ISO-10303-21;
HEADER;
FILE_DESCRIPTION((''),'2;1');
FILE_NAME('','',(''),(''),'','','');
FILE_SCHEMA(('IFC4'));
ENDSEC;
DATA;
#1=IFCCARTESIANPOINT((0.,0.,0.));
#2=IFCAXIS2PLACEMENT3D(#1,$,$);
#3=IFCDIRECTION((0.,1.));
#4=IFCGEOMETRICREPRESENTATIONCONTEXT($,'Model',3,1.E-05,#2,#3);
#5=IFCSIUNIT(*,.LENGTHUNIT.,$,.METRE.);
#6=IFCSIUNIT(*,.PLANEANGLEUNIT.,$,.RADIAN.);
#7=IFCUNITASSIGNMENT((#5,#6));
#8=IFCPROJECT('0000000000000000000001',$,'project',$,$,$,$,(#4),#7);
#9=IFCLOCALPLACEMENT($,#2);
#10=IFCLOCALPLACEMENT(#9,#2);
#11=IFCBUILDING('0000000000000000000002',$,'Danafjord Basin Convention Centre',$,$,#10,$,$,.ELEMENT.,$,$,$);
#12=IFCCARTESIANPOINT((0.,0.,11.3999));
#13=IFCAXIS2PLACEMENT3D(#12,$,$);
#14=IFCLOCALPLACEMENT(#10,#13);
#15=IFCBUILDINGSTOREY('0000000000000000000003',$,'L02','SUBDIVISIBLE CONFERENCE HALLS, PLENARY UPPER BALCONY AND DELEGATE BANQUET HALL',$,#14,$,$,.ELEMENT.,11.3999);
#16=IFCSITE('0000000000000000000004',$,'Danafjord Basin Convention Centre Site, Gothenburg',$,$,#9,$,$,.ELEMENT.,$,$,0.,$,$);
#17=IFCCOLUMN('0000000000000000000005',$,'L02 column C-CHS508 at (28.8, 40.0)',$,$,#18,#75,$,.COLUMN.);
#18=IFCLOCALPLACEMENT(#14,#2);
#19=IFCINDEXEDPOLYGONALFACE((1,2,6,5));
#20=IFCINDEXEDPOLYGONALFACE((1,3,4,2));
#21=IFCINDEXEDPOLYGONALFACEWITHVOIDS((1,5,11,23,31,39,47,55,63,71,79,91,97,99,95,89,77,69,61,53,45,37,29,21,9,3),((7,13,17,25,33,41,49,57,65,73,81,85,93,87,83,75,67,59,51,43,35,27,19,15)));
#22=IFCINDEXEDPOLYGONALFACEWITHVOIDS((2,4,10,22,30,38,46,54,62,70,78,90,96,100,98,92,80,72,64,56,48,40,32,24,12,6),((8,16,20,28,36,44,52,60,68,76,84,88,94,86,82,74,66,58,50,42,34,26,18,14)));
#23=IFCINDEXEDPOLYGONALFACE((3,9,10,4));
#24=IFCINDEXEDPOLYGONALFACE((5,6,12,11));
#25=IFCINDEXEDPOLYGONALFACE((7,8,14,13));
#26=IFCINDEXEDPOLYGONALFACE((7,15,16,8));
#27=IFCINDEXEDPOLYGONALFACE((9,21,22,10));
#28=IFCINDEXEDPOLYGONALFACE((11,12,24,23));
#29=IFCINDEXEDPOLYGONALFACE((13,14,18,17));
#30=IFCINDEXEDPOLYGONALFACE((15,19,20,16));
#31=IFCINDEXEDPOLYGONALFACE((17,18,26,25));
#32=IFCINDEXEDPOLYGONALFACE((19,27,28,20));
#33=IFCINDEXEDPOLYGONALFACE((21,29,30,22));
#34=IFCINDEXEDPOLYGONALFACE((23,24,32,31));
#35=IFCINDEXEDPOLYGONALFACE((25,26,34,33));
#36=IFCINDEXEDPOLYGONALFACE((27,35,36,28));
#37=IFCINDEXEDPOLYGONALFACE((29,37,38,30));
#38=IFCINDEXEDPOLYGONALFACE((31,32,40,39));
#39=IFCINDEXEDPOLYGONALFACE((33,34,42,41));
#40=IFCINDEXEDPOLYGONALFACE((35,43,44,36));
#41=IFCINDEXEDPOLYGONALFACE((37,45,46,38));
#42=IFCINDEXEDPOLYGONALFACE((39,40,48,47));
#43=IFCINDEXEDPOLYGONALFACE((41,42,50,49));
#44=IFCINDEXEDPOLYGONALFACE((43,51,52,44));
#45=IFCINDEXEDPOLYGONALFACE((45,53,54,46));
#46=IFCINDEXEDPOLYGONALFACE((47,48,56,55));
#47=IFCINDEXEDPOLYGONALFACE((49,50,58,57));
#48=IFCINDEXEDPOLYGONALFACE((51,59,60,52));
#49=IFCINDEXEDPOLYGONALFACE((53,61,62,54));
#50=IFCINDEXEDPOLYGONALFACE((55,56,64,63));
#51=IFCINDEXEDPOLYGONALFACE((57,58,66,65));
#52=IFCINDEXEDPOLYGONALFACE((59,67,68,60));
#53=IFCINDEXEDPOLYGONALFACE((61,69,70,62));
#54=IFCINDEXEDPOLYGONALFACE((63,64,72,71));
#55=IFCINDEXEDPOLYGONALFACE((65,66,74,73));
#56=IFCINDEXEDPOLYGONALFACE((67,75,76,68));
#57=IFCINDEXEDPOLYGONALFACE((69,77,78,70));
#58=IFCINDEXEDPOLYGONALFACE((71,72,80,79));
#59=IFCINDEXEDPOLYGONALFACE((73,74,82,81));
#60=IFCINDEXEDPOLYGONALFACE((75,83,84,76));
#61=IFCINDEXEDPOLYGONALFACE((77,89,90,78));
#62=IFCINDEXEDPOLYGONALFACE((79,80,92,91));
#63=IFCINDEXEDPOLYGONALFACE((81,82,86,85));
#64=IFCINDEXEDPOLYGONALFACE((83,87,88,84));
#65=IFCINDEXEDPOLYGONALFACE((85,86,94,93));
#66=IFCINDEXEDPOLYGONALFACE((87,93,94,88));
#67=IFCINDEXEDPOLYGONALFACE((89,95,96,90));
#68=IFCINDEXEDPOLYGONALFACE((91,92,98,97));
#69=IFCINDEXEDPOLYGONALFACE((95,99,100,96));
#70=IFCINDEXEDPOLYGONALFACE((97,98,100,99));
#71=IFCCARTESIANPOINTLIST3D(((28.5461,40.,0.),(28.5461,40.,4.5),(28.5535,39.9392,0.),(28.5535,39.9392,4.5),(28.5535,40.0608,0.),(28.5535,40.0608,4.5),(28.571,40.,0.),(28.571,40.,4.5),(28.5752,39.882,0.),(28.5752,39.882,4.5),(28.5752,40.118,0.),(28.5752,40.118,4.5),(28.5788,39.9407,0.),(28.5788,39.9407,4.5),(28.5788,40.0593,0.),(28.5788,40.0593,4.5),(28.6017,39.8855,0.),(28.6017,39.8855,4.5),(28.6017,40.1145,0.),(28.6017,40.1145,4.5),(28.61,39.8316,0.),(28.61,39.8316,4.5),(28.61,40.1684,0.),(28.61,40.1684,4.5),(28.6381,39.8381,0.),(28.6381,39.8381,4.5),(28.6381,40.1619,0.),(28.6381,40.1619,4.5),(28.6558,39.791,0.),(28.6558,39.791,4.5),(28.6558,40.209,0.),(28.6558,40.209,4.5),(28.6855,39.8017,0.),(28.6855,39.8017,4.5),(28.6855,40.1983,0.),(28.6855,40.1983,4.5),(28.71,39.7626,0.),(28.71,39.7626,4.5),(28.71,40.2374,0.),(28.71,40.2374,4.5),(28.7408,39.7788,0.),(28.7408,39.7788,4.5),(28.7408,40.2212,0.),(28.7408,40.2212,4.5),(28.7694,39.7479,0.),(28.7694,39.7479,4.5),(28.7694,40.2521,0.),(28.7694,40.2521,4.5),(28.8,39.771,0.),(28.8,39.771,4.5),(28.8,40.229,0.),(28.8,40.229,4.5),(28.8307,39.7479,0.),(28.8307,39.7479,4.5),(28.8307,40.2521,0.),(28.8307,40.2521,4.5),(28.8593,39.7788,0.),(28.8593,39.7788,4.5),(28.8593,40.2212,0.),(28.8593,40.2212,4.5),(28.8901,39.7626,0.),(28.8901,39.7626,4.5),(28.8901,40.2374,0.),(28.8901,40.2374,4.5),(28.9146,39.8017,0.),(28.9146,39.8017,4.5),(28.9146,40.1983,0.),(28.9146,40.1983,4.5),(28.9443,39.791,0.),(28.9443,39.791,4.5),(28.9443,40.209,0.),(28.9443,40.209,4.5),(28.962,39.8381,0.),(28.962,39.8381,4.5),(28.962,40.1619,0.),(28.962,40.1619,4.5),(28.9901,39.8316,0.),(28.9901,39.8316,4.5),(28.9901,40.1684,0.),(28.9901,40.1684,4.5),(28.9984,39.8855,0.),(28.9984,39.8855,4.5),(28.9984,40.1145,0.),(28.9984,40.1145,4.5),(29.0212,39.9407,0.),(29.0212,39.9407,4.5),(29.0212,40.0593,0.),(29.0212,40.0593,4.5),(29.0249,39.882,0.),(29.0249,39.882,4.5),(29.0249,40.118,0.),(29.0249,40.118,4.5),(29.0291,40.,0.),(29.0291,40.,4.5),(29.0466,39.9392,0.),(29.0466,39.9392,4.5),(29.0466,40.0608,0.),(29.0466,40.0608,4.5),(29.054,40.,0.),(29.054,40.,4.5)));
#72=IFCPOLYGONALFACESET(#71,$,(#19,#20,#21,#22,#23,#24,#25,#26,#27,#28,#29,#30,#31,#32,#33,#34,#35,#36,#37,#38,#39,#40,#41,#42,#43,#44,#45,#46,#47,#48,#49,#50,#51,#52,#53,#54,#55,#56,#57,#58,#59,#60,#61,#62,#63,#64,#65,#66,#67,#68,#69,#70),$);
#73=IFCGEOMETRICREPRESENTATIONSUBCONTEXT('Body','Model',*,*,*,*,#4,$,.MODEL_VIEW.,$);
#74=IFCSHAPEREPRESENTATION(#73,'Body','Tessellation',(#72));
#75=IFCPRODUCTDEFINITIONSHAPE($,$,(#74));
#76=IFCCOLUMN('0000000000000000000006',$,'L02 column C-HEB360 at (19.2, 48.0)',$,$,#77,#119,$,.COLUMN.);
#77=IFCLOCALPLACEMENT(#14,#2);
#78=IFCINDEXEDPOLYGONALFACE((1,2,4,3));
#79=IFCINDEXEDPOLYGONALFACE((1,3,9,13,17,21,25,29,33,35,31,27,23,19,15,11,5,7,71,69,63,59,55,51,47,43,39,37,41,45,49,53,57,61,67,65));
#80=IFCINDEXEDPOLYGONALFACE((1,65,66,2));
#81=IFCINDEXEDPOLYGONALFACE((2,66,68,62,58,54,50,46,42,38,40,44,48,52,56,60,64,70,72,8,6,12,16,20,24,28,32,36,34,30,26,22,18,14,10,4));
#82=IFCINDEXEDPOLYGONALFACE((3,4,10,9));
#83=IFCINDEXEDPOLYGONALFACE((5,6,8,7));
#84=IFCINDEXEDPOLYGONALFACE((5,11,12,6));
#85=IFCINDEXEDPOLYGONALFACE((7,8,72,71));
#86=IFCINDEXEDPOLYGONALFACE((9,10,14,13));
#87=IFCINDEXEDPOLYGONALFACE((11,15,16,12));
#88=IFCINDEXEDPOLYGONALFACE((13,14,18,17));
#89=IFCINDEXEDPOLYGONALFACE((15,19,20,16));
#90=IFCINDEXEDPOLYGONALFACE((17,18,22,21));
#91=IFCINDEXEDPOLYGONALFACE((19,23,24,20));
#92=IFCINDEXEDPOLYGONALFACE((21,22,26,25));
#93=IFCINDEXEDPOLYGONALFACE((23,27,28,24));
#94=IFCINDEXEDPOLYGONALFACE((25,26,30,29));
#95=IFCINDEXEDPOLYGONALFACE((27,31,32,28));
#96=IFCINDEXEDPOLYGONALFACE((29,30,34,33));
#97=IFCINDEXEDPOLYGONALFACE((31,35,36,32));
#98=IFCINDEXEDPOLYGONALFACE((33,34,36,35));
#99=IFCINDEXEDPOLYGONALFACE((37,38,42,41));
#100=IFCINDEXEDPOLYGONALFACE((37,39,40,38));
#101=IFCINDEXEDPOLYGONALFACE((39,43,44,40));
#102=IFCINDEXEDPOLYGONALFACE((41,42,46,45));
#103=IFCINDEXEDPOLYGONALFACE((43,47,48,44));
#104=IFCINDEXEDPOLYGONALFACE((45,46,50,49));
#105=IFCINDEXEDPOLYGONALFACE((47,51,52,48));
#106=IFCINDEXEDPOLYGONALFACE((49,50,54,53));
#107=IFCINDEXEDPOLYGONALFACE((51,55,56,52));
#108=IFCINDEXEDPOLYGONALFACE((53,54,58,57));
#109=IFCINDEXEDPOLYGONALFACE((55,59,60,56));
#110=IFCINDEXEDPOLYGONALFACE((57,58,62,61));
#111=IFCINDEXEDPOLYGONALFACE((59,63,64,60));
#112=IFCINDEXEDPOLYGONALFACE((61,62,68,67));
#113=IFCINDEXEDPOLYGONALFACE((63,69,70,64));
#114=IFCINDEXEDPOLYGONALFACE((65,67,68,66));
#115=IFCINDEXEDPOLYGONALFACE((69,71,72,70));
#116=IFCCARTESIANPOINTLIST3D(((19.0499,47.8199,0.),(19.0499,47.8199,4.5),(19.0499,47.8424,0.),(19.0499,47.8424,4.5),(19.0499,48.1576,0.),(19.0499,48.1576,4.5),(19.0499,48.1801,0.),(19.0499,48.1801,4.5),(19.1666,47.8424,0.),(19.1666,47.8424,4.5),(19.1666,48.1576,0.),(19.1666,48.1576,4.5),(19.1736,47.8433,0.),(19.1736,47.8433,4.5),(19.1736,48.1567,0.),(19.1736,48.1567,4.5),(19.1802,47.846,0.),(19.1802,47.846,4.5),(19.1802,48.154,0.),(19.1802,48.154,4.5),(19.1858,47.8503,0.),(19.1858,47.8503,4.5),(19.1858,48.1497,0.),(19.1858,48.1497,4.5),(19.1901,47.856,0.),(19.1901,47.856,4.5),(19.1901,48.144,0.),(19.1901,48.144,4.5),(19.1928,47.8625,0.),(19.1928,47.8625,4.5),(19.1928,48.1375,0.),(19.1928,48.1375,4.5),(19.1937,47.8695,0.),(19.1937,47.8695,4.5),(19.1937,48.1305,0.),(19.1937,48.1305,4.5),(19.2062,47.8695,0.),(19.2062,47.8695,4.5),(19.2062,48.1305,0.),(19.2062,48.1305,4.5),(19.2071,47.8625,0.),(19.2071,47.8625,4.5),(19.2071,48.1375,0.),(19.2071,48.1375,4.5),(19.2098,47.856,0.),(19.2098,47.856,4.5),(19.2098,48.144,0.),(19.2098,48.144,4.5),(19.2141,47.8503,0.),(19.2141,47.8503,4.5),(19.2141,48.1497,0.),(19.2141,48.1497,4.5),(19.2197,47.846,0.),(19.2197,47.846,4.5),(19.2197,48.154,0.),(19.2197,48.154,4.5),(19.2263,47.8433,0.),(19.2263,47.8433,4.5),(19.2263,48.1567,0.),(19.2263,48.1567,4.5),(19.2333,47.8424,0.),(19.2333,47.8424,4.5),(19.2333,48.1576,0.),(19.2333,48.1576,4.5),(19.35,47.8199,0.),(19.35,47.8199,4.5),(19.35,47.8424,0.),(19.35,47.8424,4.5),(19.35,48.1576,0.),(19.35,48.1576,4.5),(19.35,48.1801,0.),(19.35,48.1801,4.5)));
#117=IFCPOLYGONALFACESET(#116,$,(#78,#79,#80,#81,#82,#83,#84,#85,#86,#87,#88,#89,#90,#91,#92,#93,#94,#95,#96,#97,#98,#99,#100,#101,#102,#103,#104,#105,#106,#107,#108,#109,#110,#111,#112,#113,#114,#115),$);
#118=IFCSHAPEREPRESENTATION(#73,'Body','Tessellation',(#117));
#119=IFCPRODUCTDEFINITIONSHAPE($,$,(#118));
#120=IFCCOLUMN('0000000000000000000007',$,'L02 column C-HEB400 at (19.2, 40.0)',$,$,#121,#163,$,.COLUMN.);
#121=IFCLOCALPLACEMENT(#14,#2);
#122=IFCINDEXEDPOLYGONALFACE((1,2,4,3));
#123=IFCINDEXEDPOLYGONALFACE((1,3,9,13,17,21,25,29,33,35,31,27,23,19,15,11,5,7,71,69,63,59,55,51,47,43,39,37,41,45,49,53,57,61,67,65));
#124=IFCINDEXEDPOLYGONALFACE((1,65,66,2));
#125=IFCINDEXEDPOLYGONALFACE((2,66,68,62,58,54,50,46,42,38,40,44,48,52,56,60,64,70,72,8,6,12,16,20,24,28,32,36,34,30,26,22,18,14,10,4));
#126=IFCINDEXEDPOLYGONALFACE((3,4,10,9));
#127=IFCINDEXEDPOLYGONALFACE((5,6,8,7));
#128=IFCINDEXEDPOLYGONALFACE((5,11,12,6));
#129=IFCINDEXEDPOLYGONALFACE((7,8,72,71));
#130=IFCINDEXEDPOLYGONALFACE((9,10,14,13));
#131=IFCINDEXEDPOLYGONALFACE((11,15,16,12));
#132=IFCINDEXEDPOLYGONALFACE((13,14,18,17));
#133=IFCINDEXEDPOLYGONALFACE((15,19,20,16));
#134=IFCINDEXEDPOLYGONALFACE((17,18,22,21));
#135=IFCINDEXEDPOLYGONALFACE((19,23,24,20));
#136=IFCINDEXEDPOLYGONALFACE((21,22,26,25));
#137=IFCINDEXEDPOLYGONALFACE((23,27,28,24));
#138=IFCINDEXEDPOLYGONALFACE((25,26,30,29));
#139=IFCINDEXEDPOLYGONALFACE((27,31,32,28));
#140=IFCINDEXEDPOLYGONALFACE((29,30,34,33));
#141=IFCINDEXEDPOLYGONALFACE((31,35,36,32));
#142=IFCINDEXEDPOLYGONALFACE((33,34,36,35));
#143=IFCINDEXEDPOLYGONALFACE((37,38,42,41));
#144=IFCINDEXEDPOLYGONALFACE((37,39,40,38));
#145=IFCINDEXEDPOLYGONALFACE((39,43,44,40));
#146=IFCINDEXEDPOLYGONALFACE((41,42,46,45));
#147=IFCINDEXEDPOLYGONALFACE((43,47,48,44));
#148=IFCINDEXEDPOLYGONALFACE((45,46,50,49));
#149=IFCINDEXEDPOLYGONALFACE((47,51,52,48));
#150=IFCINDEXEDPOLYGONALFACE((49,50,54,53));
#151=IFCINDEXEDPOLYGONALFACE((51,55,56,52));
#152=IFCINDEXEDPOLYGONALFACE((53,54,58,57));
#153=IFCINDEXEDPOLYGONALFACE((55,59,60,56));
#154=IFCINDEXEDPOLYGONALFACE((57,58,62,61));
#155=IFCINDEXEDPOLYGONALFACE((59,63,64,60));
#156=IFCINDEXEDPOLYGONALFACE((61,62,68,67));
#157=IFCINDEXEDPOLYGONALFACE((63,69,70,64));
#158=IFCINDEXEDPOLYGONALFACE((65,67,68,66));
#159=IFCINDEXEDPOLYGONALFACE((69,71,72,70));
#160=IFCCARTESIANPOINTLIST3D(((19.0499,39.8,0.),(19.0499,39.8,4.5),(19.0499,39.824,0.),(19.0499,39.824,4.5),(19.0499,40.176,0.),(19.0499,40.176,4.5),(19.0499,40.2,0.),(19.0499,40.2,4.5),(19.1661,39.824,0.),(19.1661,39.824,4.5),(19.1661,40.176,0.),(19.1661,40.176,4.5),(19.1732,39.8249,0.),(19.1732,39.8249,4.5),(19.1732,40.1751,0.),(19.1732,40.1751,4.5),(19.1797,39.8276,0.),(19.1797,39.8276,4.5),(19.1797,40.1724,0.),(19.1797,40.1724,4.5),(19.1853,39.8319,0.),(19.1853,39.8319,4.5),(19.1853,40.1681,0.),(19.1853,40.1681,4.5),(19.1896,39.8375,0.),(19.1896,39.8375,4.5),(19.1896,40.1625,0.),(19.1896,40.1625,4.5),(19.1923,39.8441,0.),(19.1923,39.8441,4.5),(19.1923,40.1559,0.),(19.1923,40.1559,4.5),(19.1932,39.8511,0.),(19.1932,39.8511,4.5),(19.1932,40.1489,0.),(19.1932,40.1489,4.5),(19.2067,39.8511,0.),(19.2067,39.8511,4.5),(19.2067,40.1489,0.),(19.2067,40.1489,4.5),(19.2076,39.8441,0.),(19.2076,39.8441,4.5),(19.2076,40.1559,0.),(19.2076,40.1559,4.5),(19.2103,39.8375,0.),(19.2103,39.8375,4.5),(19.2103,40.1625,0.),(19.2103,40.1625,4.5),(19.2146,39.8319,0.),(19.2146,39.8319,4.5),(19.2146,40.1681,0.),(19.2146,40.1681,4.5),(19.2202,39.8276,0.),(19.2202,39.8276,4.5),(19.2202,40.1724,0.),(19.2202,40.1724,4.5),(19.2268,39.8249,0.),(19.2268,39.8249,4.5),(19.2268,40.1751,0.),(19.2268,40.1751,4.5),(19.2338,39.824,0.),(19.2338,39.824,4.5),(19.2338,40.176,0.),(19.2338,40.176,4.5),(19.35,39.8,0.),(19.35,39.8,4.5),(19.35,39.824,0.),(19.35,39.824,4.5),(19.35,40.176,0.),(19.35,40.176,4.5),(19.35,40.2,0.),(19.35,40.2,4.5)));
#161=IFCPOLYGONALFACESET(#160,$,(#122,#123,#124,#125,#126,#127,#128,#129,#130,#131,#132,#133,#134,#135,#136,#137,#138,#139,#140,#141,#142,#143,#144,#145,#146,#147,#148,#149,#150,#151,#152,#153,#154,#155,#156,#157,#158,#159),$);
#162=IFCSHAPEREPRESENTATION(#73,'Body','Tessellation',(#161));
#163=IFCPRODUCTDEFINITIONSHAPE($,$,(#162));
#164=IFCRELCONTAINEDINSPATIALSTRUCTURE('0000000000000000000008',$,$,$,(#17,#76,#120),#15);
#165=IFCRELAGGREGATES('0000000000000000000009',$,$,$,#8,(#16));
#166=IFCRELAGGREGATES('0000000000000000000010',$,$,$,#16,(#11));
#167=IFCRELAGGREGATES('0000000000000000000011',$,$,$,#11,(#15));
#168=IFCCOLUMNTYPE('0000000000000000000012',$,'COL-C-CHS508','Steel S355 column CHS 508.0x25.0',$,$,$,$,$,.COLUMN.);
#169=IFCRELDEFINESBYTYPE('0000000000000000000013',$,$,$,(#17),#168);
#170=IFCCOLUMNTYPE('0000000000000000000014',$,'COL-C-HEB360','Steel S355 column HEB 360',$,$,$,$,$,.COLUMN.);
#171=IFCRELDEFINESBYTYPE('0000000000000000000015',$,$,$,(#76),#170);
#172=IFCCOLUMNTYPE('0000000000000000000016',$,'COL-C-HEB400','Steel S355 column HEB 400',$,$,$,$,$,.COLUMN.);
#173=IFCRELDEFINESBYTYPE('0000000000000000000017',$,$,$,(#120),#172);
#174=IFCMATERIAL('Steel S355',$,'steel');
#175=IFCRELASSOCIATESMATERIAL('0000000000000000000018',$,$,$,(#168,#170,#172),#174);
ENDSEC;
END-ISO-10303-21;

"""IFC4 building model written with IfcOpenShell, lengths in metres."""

from ifc_helpers import new_model, si_unit, direction, frame, origin, origin_2d, place, context, subcontext, project, spatial, hollow_circle, i_section, extrude, material, material_profile, profile_set, type_object, element, save


model = new_model("IFC4")

# Units and contexts
model_context = context("Model", 3, precision=1e-05, world=origin(), true_north=direction((0.0, 1.0)))
body_context = subcontext(model_context, "Body", "Model", "MODEL_VIEW")
ifc_project = project(units=[si_unit("LENGTHUNIT", "METRE"), si_unit("PLANEANGLEUNIT", "RADIAN")], contexts=[model_context])

# Site, building, storey
site_placement = place(None, origin())
site = spatial("IfcSite", under=ifc_project, at=site_placement, Name="Danafjord Basin Convention Centre Site, Gothenburg", CompositionType="ELEMENT", RefElevation=0.0)
building_placement = place(site_placement, origin())
building = spatial("IfcBuilding", under=site, at=building_placement, Name="Danafjord Basin Convention Centre", CompositionType="ELEMENT")
storey_placement = place(building_placement, frame((0.0, 0.0, 11.3999)))
storey = spatial("IfcBuildingStorey", under=building, at=storey_placement, Name="L02", Description="SUBDIVISIBLE CONFERENCE HALLS, PLENARY UPPER BALCONY AND DELEGATE BANQUET HALL", CompositionType="ELEMENT", Elevation=11.3999)

# Columns
ifc_material_1 = material(Name="Steel S355", Category="steel")
ifc_material_profile_1 = material_profile(ifc_material_1, hollow_circle(Radius=0.2539, WallThickness=0.0249, at=origin_2d()), Name="CHS 508.0x25.0")
ifc_profile_set_1 = profile_set([ifc_material_profile_1], Name="Steel S355")
column_type_1 = type_object("IfcColumnType", Name="COL-C-CHS508", Description="Steel S355 column CHS 508.0x25.0", PredefinedType="COLUMN", material=ifc_profile_set_1)
column_1_placement = place(storey_placement, frame((28.8, 40.0, 0.0), z_axis=(0.0, 0.0, 1.0), x_axis=(1.0, 0.0, 0.0)))
element("IfcColumn", 1, at=column_1_placement, inside=storey, type_object=column_type_1, Name="L02 column C-CHS508 at (28.8, 40.0)", PredefinedType="COLUMN", context=body_context, shape_type="SweptSolid", body=[
    extrude(hollow_circle(Radius=0.2539, WallThickness=0.0249, at=origin_2d()), origin(), (0.0, 0.0, 1.0), 4.5),
])
ifc_material_profile_2 = material_profile(ifc_material_1, i_section(OverallWidth=0.3, OverallDepth=0.3601, WebThickness=0.0125, FlangeThickness=0.0225, FilletRadius=0.0271, at=origin_2d()), Name="HEB 360")
ifc_profile_set_2 = profile_set([ifc_material_profile_2], Name="Steel S355")
column_type_2 = type_object("IfcColumnType", Name="COL-C-HEB360", Description="Steel S355 column HEB 360", PredefinedType="COLUMN", material=ifc_profile_set_2)
column_2_placement = place(storey_placement, frame((19.2, 48.0, 0.0), z_axis=(0.0, 0.0, 1.0), x_axis=(1.0, 0.0, 0.0)))
element("IfcColumn", 2, at=column_2_placement, inside=storey, type_object=column_type_2, Name="L02 column C-HEB360 at (19.2, 48.0)", PredefinedType="COLUMN", context=body_context, shape_type="SweptSolid", body=[
    extrude(i_section(OverallWidth=0.3, OverallDepth=0.3601, WebThickness=0.0125, FlangeThickness=0.0225, FilletRadius=0.0271, at=origin_2d()), origin(), (0.0, 0.0, 1.0), 4.5),
])
ifc_material_profile_3 = material_profile(ifc_material_1, i_section(OverallWidth=0.3, OverallDepth=0.3999, WebThickness=0.0134, FlangeThickness=0.0239, FilletRadius=0.0271, at=origin_2d()), Name="HEB 400")
ifc_profile_set_3 = profile_set([ifc_material_profile_3], Name="Steel S355")
column_type_3 = type_object("IfcColumnType", Name="COL-C-HEB400", Description="Steel S355 column HEB 400", PredefinedType="COLUMN", material=ifc_profile_set_3)
column_3_placement = place(storey_placement, frame((19.2, 40.0, 0.0), z_axis=(0.0, 0.0, 1.0), x_axis=(1.0, 0.0, 0.0)))
element("IfcColumn", 3, at=column_3_placement, inside=storey, type_object=column_type_3, Name="L02 column C-HEB400 at (19.2, 40.0)", PredefinedType="COLUMN", context=body_context, shape_type="SweptSolid", body=[
    extrude(i_section(OverallWidth=0.3, OverallDepth=0.3999, WebThickness=0.0134, FlangeThickness=0.0239, FilletRadius=0.0271, at=origin_2d()), origin(), (0.0, 0.0, 1.0), 4.5),
])

save(model, "model.ifc")
